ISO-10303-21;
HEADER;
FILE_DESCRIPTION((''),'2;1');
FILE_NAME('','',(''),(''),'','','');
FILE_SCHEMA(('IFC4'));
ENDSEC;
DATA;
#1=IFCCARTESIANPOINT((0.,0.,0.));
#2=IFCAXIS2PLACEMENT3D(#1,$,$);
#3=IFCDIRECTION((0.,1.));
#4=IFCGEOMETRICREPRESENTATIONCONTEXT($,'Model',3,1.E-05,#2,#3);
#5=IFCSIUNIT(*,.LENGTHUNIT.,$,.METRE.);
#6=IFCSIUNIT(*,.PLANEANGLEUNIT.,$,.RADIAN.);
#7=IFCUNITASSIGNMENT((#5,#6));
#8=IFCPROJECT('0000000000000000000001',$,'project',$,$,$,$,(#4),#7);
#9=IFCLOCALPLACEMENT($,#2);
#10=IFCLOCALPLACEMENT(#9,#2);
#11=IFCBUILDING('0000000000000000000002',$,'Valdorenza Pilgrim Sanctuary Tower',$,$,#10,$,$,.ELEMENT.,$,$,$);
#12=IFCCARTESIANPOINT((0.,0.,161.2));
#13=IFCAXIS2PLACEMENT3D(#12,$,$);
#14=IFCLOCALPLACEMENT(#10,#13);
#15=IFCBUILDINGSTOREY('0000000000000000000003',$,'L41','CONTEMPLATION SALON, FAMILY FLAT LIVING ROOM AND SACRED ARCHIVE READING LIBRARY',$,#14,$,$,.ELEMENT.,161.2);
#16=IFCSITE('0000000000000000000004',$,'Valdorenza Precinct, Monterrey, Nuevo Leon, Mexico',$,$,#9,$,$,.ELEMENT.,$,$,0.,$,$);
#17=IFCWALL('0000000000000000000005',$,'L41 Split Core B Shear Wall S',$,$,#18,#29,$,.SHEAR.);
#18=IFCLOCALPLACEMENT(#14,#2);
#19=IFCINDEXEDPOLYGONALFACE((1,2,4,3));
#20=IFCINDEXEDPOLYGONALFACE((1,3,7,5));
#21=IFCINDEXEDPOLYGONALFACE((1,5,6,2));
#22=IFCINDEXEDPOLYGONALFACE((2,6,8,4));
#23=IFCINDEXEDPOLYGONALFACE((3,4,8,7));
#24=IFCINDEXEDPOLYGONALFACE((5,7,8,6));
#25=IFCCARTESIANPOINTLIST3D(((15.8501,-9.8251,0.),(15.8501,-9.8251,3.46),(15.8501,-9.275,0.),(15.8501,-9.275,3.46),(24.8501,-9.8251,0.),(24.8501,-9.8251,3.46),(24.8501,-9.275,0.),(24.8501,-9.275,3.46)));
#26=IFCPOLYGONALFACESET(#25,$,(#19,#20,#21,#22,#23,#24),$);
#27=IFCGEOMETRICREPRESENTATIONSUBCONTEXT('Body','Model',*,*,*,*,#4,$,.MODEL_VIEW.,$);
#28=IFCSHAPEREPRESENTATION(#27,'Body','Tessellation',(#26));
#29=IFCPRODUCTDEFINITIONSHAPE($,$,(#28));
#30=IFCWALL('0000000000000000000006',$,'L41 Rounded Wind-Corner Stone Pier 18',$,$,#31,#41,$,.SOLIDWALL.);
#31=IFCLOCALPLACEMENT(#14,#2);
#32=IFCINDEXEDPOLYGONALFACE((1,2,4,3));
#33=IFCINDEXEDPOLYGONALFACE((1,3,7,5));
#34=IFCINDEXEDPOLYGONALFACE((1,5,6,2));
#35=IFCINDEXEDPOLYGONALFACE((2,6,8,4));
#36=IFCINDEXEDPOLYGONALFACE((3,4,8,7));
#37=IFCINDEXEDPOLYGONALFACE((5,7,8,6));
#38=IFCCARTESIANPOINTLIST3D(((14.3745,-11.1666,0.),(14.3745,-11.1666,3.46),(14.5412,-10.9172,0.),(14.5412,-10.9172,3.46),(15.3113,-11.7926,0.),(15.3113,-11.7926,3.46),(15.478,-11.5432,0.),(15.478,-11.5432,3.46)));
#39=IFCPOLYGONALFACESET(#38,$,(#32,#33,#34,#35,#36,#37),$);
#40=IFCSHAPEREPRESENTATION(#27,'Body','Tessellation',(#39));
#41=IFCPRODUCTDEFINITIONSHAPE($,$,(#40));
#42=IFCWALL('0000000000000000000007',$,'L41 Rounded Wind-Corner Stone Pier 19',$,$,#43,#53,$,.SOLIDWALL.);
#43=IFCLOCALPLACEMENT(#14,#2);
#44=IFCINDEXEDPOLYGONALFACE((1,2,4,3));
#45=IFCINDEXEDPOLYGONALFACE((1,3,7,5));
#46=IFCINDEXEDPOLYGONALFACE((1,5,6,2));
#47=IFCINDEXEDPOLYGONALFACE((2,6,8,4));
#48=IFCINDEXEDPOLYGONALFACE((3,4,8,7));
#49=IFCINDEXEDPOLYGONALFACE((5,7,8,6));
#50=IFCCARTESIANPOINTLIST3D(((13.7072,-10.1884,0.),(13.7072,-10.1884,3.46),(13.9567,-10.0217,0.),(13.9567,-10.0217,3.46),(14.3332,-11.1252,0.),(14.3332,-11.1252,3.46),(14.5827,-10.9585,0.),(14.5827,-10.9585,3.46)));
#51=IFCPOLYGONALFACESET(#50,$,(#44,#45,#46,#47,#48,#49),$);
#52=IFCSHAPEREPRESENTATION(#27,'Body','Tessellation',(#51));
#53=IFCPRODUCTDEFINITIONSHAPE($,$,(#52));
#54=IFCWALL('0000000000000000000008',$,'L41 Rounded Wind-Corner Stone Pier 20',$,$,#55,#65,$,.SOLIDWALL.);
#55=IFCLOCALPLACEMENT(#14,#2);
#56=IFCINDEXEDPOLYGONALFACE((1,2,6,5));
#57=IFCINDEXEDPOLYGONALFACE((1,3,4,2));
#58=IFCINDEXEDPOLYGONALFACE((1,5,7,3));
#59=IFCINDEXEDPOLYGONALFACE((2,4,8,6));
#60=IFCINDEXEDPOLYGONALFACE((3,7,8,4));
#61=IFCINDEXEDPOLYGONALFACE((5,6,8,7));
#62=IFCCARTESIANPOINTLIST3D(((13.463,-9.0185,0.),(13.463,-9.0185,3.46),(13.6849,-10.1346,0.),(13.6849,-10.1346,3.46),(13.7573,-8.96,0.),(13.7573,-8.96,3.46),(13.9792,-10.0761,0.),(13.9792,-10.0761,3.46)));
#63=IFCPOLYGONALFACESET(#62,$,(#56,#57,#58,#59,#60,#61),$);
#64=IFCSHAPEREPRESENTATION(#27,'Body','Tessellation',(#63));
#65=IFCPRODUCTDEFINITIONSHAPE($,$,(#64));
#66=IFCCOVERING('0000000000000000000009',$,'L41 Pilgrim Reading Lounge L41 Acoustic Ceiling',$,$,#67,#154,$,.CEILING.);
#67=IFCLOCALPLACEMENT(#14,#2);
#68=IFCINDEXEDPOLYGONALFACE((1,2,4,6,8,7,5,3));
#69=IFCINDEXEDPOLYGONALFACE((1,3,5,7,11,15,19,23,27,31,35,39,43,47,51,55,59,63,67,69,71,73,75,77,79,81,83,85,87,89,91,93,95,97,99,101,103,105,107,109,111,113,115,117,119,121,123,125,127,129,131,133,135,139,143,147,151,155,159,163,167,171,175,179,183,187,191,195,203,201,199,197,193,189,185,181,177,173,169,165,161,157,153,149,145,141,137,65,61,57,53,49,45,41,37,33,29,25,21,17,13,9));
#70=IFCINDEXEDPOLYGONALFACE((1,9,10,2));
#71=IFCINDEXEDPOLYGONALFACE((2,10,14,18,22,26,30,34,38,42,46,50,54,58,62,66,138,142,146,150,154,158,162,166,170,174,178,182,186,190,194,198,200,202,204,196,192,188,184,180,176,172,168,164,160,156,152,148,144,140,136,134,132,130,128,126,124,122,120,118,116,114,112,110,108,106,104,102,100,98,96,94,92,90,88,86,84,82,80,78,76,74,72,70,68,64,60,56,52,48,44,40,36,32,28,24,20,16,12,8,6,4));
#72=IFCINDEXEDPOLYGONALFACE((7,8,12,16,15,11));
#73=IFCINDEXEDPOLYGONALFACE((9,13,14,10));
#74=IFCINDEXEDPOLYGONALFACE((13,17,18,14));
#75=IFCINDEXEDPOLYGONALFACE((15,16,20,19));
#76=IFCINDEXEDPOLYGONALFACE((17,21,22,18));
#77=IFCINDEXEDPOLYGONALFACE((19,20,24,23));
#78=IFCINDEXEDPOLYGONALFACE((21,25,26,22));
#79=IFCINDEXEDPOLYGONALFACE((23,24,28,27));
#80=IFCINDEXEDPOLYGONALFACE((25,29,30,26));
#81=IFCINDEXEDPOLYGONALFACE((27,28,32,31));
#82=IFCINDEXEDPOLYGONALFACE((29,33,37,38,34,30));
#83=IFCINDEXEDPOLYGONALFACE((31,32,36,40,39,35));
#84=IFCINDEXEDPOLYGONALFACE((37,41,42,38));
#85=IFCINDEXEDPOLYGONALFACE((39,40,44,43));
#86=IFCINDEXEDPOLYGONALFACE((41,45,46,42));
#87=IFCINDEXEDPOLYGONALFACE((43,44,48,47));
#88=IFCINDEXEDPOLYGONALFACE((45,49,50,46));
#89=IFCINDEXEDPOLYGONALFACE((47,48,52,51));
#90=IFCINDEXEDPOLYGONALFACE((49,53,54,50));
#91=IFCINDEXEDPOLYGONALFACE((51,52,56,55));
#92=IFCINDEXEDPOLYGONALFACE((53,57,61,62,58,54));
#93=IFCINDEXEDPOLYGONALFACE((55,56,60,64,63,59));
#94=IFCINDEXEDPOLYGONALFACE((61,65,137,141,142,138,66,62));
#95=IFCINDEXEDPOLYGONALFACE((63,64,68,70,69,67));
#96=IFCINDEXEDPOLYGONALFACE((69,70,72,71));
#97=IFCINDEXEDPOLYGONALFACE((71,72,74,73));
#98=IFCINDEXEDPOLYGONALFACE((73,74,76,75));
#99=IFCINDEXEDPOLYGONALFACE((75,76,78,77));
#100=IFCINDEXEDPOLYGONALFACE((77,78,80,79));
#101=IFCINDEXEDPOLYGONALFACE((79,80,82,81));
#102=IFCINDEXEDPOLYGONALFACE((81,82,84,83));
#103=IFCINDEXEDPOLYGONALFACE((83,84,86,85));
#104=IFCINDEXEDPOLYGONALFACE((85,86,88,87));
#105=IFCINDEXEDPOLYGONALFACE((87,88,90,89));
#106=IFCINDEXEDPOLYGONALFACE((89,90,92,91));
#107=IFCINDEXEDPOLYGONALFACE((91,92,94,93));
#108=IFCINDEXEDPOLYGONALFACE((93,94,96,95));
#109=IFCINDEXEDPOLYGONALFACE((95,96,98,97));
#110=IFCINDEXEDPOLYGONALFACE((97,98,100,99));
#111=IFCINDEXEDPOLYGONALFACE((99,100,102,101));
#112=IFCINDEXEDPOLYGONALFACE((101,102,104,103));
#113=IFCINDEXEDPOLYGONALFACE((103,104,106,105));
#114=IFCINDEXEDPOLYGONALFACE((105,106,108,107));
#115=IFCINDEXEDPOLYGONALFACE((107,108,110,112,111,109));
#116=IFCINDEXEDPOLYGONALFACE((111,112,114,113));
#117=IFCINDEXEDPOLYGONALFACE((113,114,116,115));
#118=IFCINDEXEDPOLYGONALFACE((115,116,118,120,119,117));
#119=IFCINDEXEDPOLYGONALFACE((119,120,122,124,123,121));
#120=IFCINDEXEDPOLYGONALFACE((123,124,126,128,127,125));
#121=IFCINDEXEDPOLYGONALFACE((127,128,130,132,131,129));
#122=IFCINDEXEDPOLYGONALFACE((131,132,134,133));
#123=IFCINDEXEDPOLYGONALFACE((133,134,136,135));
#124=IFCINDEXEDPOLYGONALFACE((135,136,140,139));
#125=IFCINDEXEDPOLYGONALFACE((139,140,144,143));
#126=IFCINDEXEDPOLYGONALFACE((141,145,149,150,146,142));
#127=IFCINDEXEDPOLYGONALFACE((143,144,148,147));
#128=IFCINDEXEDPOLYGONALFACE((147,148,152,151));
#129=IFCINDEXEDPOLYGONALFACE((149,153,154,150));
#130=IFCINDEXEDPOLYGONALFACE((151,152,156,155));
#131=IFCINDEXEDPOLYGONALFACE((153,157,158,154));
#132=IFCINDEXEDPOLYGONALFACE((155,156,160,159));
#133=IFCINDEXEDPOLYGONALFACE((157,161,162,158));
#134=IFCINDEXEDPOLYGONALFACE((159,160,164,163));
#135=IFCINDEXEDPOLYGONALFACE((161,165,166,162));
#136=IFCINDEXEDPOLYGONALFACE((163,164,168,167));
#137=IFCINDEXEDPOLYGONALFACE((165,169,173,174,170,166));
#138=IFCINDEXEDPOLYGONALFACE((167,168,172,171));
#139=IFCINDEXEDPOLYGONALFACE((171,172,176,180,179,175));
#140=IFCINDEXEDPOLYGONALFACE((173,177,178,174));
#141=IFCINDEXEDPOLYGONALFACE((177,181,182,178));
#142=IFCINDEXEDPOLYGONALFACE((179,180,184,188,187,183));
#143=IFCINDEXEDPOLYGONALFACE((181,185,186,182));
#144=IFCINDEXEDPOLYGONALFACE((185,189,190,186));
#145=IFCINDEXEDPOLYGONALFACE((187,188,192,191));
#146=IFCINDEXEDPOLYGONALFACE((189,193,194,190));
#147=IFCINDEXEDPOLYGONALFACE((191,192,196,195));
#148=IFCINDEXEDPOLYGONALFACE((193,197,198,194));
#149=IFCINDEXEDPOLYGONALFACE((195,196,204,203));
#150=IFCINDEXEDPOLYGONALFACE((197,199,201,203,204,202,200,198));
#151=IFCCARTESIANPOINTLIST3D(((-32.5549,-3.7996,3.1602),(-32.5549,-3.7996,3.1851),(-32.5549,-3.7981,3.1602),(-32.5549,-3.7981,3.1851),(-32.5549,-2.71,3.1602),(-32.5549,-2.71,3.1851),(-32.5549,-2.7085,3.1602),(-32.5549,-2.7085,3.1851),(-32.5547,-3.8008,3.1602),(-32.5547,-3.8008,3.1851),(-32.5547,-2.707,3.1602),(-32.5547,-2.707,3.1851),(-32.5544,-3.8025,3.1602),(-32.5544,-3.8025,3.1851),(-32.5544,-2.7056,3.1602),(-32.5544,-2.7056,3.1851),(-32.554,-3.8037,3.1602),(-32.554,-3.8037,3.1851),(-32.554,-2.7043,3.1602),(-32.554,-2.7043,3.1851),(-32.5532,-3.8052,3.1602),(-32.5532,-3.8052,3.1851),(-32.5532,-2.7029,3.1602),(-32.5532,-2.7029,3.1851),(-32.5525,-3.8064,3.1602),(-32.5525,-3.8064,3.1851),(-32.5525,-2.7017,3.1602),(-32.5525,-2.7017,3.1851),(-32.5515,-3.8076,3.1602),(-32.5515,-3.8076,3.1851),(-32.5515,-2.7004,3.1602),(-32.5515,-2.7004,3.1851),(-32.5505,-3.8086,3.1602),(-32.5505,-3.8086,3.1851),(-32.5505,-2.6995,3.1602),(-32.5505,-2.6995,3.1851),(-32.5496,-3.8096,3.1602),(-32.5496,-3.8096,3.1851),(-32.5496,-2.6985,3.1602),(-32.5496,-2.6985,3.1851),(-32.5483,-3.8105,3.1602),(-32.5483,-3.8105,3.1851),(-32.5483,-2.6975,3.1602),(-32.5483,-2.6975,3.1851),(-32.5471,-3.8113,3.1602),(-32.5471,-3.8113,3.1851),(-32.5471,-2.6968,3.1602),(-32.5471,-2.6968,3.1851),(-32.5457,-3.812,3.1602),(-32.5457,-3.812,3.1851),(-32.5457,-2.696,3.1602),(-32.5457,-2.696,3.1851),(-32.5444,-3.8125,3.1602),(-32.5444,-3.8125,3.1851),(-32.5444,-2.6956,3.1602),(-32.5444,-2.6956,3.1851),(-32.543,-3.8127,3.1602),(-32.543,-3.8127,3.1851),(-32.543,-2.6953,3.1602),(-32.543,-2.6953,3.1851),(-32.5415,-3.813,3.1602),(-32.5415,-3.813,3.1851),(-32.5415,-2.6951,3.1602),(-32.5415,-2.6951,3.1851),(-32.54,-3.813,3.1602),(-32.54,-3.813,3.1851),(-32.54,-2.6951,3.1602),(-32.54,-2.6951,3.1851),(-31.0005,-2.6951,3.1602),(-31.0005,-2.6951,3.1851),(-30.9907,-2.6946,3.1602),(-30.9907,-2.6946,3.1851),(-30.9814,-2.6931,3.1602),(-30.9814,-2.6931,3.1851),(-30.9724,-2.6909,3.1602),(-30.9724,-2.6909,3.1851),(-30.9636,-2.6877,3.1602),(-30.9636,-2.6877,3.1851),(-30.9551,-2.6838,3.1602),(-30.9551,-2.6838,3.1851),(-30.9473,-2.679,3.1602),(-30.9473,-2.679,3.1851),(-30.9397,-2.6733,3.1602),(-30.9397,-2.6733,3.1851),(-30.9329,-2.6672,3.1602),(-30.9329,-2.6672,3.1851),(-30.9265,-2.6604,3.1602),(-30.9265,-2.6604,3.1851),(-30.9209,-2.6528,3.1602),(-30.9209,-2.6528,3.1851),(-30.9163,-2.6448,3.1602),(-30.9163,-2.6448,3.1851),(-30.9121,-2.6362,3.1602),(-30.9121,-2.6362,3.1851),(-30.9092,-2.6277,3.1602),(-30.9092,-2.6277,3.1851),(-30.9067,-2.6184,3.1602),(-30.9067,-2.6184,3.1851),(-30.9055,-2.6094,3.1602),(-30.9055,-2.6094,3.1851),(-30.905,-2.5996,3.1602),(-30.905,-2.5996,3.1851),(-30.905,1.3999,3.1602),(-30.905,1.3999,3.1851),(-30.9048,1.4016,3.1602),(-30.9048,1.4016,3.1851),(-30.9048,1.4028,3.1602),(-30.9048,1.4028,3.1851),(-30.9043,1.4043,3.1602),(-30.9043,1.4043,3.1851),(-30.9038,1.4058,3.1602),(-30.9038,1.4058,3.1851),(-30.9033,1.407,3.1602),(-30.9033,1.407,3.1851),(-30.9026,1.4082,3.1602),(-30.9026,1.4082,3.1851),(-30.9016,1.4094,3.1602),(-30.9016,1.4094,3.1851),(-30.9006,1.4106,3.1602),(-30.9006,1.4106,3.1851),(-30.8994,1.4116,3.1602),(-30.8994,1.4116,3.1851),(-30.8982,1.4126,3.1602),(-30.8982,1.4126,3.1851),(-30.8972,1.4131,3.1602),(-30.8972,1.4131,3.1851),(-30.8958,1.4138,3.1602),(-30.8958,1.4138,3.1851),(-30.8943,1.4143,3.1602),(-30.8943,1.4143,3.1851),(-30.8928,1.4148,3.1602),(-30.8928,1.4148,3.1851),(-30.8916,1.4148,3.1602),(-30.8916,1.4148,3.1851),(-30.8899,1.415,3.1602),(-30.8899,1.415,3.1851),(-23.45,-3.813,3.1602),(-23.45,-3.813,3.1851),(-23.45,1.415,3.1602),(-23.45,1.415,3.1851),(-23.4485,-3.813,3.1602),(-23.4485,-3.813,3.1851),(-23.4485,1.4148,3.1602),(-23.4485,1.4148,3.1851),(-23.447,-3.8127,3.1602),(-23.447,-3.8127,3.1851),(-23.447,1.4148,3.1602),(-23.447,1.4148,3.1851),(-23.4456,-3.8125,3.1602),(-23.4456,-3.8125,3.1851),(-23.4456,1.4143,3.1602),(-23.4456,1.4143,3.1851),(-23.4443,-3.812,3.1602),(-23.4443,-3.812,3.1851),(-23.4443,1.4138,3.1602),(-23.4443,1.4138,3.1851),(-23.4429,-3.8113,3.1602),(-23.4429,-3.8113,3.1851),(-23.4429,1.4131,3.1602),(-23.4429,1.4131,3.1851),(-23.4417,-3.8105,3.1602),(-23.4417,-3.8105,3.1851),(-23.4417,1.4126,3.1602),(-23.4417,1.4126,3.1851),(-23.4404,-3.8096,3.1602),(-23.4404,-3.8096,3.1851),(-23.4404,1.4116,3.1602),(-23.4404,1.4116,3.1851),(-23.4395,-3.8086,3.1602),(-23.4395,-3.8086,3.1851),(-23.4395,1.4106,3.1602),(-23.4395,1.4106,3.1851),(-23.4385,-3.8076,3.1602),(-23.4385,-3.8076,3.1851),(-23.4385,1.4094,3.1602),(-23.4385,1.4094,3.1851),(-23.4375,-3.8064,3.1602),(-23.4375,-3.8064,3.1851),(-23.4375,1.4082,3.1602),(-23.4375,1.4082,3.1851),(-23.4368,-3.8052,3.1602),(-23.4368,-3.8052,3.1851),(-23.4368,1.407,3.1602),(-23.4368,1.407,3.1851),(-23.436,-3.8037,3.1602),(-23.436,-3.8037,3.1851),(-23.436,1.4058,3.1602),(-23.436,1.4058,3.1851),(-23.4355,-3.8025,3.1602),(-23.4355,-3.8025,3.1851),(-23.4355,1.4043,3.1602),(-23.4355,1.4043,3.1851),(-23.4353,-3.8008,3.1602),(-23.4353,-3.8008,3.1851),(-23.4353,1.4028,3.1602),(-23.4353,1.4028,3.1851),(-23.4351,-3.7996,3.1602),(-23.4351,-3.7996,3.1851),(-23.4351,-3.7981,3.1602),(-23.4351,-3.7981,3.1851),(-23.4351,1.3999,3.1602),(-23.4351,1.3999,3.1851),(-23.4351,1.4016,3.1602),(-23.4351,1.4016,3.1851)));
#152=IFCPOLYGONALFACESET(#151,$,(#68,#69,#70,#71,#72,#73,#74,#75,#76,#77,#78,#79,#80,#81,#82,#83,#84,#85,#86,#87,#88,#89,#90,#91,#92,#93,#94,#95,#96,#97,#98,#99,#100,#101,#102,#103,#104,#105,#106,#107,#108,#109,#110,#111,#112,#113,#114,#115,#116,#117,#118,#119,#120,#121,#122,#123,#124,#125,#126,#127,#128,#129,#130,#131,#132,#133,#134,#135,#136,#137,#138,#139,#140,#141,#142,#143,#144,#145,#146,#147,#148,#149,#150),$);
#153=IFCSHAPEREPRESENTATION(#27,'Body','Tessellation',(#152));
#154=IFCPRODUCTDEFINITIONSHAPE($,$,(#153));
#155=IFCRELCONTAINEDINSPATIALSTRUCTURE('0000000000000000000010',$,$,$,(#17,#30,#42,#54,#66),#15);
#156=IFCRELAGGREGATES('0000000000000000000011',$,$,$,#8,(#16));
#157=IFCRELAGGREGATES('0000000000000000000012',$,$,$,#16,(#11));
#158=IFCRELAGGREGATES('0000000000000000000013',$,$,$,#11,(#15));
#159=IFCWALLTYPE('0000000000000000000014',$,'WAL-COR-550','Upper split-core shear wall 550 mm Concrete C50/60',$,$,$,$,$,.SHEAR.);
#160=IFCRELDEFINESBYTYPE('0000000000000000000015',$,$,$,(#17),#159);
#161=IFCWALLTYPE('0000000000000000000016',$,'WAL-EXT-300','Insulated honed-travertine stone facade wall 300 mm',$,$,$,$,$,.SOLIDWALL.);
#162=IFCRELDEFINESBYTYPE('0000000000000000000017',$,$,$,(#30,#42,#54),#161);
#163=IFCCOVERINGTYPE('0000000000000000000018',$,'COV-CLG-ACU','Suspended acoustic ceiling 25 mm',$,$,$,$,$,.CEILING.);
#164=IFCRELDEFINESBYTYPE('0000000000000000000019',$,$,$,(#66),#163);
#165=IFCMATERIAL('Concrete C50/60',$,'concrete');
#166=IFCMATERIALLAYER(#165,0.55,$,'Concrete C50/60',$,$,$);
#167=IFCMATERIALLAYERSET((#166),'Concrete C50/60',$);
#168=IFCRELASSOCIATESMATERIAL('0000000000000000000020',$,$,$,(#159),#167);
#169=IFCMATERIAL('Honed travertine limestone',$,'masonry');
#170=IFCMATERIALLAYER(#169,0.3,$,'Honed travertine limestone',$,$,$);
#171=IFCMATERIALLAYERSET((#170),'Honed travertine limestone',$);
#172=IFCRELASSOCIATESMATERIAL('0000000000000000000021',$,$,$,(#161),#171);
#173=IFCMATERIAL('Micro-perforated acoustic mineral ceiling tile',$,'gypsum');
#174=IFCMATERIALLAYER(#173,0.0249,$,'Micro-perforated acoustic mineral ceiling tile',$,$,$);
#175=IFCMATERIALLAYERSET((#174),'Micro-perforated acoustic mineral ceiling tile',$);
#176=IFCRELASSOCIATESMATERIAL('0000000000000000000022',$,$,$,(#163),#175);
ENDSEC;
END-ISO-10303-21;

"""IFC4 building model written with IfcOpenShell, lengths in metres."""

from ifc_helpers import new_model, si_unit, direction, frame, frame_2d, origin, place, context, subcontext, project, spatial, polyline, rectangle, outline, extrude, material, layer, layer_set, type_object, element, save


model = new_model("IFC4")

# Units and contexts
model_context = context("Model", 3, precision=1e-05, world=origin(), true_north=direction((0.0, 1.0)))
body_context = subcontext(model_context, "Body", "Model", "MODEL_VIEW")
ifc_project = project(units=[si_unit("LENGTHUNIT", "METRE"), si_unit("PLANEANGLEUNIT", "RADIAN")], contexts=[model_context])

# Site, building, storey
site_placement = place(None, origin())
site = spatial("IfcSite", under=ifc_project, at=site_placement, Name="Valdorenza Precinct, Monterrey, Nuevo Leon, Mexico", CompositionType="ELEMENT", RefElevation=0.0)
building_placement = place(site_placement, origin())
building = spatial("IfcBuilding", under=site, at=building_placement, Name="Valdorenza Pilgrim Sanctuary Tower", CompositionType="ELEMENT")
storey_placement = place(building_placement, frame((0.0, 0.0, 161.2)))
storey = spatial("IfcBuildingStorey", under=building, at=storey_placement, Name="L41", Description="CONTEMPLATION SALON, FAMILY FLAT LIVING ROOM AND SACRED ARCHIVE READING LIBRARY", CompositionType="ELEMENT", Elevation=161.2)

# Shared definitions
ifc_material_1 = material(Name="Concrete C50/60", Category="concrete")

# Shared definitions
ifc_material_2 = material(Name="Honed travertine limestone", Category="masonry")

# Walls
ifc_layer_1 = layer(ifc_material_1, 0.55, Name="Concrete C50/60")
ifc_layer_set_1 = layer_set([ifc_layer_1], Name="Concrete C50/60")
wall_type_1 = type_object("IfcWallType", Name="WAL-COR-550", Description="Upper split-core shear wall 550 mm Concrete C50/60", PredefinedType="SHEAR", material=ifc_layer_set_1)
wall_1_placement = place(storey_placement, frame((15.8501, -9.55, 0.0), z_axis=(0.0, 0.0, 1.0), x_axis=(1.0, 0.0, 0.0)))
element("IfcWall", 1, at=wall_1_placement, inside=storey, type_object=wall_type_1, Name="L41 Split Core B Shear Wall S", PredefinedType="SHEAR", context=body_context, shape_type="SweptSolid", body=[
    extrude(rectangle(XDim=9.0, YDim=0.55, at=frame_2d((4.5, 0.0))), origin(), (0.0, 0.0, 1.0), 3.46),
])
ifc_layer_2 = layer(ifc_material_2, 0.3, Name="Honed travertine limestone")
ifc_layer_set_2 = layer_set([ifc_layer_2], Name="Honed travertine limestone")
wall_type_2 = type_object("IfcWallType", Name="WAL-EXT-300", Description="Insulated honed-travertine stone facade wall 300 mm", PredefinedType="SOLIDWALL", material=ifc_layer_set_2)
for number, where, z_axis, x_axis, name in (
    (2, (15.3948, -11.668, 0.0), (0.0, 0.0, 1.0), (-0.83145, 0.5556, 0.0), "L41 Rounded Wind-Corner Stone Pier 18"),
    (3, (14.458, -11.042, 0.0), (0.0, 0.0, 1.0), (-0.5556, 0.83145, 0.0), "L41 Rounded Wind-Corner Stone Pier 19"),
):
    element("IfcWall", number, at=place(storey_placement, frame(where, z_axis=z_axis, x_axis=x_axis)), inside=storey, type_object=wall_type_2, Name=name, PredefinedType="SOLIDWALL", context=body_context, shape_type="SweptSolid", body=[
        extrude(rectangle(XDim=1.1267, YDim=0.3, at=frame_2d((0.5635, 0.0))), origin(), (0.0, 0.0, 1.0), 3.46),
    ])
wall_2_placement = place(storey_placement, frame((13.832, -10.1052, 0.0), z_axis=(0.0, 0.0, 1.0), x_axis=(-0.195043, 0.980795, 0.0)))
element("IfcWall", 4, at=wall_2_placement, inside=storey, type_object=wall_type_2, Name="L41 Rounded Wind-Corner Stone Pier 20", PredefinedType="SOLIDWALL", context=body_context, shape_type="SweptSolid", body=[
    extrude(rectangle(XDim=1.1379, YDim=0.3, at=frame_2d((0.5688, 0.0))), origin(), (0.0, 0.0, 1.0), 3.46),
])

# Covering
ifc_material_3 = material(Name="Micro-perforated acoustic mineral ceiling tile", Category="gypsum")
ifc_layer_3 = layer(ifc_material_3, 0.0249, Name="Micro-perforated acoustic mineral ceiling tile")
ifc_layer_set_3 = layer_set([ifc_layer_3], Name="Micro-perforated acoustic mineral ceiling tile")
covering_type_1 = type_object("IfcCoveringType", Name="COV-CLG-ACU", Description="Suspended acoustic ceiling 25 mm", PredefinedType="CEILING", material=ifc_layer_set_3)
covering_1_placement = place(storey_placement, frame((0.0, 0.0, 3.1602)))
element("IfcCovering", 5, at=covering_1_placement, inside=storey, type_object=covering_type_1, Name="L41 Pilgrim Reading Lounge L41 Acoustic Ceiling", PredefinedType="CEILING", context=body_context, shape_type="SweptSolid", body=[
    extrude(outline(polyline([(-23.4351, -3.7981), (-23.4351, -3.7996), (-23.4353, -3.8008), (-23.4355, -3.8025), (-23.436, -3.8037), (-23.4368, -3.8052), (-23.4375, -3.8064), (-23.4385, -3.8076), (-23.4395, -3.8086), (-23.4404, -3.8096), (-23.4417, -3.8105), (-23.4429, -3.8113), (-23.4443, -3.812), (-23.4456, -3.8125), (-23.447, -3.8127), (-23.4485, -3.813), (-23.45, -3.813), (-32.54, -3.813), (-32.5415, -3.813), (-32.543, -3.8127), (-32.5444, -3.8125), (-32.5457, -3.812), (-32.5471, -3.8113), (-32.5483, -3.8105), (-32.5496, -3.8096), (-32.5505, -3.8086), (-32.5515, -3.8076), (-32.5525, -3.8064), (-32.5532, -3.8052), (-32.554, -3.8037), (-32.5544, -3.8025), (-32.5547, -3.8008), (-32.5549, -3.7996), (-32.5549, -3.7981), (-32.5549, -2.71), (-32.5549, -2.7085), (-32.5547, -2.707), (-32.5544, -2.7056), (-32.554, -2.7043), (-32.5532, -2.7029), (-32.5525, -2.7017), (-32.5515, -2.7004), (-32.5505, -2.6995), (-32.5496, -2.6985), (-32.5483, -2.6975), (-32.5471, -2.6968), (-32.5457, -2.696), (-32.5444, -2.6956), (-32.543, -2.6953), (-32.5415, -2.6951), (-32.54, -2.6951), (-31.0005, -2.6951), (-30.9907, -2.6946), (-30.9814, -2.6931), (-30.9724, -2.6909), (-30.9636, -2.6877), (-30.9551, -2.6838), (-30.9473, -2.679), (-30.9397, -2.6733), (-30.9329, -2.6672), (-30.9265, -2.6604), (-30.9209, -2.6528), (-30.9163, -2.6448), (-30.9121, -2.6362), (-30.9092, -2.6277), (-30.9067, -2.6184), (-30.9055, -2.6094), (-30.905, -2.5996), (-30.905, 1.3999), (-30.9048, 1.4016), (-30.9048, 1.4028), (-30.9043, 1.4043), (-30.9038, 1.4058), (-30.9033, 1.407), (-30.9026, 1.4082), (-30.9016, 1.4094), (-30.9006, 1.4106), (-30.8994, 1.4116), (-30.8982, 1.4126), (-30.8972, 1.4131), (-30.8958, 1.4138), (-30.8943, 1.4143), (-30.8928, 1.4148), (-30.8916, 1.4148), (-30.8899, 1.415), (-23.45, 1.415), (-23.4485, 1.4148), (-23.447, 1.4148), (-23.4456, 1.4143), (-23.4443, 1.4138), (-23.4429, 1.4131), (-23.4417, 1.4126), (-23.4404, 1.4116), (-23.4395, 1.4106), (-23.4385, 1.4094), (-23.4375, 1.4082), (-23.4368, 1.407), (-23.436, 1.4058), (-23.4355, 1.4043), (-23.4353, 1.4028), (-23.4351, 1.4016), (-23.4351, 1.3999), (-23.4351, -3.7981)])), origin(), (0.0, 0.0, 1.0), 0.0249),
])

save(model, "model.ifc")
